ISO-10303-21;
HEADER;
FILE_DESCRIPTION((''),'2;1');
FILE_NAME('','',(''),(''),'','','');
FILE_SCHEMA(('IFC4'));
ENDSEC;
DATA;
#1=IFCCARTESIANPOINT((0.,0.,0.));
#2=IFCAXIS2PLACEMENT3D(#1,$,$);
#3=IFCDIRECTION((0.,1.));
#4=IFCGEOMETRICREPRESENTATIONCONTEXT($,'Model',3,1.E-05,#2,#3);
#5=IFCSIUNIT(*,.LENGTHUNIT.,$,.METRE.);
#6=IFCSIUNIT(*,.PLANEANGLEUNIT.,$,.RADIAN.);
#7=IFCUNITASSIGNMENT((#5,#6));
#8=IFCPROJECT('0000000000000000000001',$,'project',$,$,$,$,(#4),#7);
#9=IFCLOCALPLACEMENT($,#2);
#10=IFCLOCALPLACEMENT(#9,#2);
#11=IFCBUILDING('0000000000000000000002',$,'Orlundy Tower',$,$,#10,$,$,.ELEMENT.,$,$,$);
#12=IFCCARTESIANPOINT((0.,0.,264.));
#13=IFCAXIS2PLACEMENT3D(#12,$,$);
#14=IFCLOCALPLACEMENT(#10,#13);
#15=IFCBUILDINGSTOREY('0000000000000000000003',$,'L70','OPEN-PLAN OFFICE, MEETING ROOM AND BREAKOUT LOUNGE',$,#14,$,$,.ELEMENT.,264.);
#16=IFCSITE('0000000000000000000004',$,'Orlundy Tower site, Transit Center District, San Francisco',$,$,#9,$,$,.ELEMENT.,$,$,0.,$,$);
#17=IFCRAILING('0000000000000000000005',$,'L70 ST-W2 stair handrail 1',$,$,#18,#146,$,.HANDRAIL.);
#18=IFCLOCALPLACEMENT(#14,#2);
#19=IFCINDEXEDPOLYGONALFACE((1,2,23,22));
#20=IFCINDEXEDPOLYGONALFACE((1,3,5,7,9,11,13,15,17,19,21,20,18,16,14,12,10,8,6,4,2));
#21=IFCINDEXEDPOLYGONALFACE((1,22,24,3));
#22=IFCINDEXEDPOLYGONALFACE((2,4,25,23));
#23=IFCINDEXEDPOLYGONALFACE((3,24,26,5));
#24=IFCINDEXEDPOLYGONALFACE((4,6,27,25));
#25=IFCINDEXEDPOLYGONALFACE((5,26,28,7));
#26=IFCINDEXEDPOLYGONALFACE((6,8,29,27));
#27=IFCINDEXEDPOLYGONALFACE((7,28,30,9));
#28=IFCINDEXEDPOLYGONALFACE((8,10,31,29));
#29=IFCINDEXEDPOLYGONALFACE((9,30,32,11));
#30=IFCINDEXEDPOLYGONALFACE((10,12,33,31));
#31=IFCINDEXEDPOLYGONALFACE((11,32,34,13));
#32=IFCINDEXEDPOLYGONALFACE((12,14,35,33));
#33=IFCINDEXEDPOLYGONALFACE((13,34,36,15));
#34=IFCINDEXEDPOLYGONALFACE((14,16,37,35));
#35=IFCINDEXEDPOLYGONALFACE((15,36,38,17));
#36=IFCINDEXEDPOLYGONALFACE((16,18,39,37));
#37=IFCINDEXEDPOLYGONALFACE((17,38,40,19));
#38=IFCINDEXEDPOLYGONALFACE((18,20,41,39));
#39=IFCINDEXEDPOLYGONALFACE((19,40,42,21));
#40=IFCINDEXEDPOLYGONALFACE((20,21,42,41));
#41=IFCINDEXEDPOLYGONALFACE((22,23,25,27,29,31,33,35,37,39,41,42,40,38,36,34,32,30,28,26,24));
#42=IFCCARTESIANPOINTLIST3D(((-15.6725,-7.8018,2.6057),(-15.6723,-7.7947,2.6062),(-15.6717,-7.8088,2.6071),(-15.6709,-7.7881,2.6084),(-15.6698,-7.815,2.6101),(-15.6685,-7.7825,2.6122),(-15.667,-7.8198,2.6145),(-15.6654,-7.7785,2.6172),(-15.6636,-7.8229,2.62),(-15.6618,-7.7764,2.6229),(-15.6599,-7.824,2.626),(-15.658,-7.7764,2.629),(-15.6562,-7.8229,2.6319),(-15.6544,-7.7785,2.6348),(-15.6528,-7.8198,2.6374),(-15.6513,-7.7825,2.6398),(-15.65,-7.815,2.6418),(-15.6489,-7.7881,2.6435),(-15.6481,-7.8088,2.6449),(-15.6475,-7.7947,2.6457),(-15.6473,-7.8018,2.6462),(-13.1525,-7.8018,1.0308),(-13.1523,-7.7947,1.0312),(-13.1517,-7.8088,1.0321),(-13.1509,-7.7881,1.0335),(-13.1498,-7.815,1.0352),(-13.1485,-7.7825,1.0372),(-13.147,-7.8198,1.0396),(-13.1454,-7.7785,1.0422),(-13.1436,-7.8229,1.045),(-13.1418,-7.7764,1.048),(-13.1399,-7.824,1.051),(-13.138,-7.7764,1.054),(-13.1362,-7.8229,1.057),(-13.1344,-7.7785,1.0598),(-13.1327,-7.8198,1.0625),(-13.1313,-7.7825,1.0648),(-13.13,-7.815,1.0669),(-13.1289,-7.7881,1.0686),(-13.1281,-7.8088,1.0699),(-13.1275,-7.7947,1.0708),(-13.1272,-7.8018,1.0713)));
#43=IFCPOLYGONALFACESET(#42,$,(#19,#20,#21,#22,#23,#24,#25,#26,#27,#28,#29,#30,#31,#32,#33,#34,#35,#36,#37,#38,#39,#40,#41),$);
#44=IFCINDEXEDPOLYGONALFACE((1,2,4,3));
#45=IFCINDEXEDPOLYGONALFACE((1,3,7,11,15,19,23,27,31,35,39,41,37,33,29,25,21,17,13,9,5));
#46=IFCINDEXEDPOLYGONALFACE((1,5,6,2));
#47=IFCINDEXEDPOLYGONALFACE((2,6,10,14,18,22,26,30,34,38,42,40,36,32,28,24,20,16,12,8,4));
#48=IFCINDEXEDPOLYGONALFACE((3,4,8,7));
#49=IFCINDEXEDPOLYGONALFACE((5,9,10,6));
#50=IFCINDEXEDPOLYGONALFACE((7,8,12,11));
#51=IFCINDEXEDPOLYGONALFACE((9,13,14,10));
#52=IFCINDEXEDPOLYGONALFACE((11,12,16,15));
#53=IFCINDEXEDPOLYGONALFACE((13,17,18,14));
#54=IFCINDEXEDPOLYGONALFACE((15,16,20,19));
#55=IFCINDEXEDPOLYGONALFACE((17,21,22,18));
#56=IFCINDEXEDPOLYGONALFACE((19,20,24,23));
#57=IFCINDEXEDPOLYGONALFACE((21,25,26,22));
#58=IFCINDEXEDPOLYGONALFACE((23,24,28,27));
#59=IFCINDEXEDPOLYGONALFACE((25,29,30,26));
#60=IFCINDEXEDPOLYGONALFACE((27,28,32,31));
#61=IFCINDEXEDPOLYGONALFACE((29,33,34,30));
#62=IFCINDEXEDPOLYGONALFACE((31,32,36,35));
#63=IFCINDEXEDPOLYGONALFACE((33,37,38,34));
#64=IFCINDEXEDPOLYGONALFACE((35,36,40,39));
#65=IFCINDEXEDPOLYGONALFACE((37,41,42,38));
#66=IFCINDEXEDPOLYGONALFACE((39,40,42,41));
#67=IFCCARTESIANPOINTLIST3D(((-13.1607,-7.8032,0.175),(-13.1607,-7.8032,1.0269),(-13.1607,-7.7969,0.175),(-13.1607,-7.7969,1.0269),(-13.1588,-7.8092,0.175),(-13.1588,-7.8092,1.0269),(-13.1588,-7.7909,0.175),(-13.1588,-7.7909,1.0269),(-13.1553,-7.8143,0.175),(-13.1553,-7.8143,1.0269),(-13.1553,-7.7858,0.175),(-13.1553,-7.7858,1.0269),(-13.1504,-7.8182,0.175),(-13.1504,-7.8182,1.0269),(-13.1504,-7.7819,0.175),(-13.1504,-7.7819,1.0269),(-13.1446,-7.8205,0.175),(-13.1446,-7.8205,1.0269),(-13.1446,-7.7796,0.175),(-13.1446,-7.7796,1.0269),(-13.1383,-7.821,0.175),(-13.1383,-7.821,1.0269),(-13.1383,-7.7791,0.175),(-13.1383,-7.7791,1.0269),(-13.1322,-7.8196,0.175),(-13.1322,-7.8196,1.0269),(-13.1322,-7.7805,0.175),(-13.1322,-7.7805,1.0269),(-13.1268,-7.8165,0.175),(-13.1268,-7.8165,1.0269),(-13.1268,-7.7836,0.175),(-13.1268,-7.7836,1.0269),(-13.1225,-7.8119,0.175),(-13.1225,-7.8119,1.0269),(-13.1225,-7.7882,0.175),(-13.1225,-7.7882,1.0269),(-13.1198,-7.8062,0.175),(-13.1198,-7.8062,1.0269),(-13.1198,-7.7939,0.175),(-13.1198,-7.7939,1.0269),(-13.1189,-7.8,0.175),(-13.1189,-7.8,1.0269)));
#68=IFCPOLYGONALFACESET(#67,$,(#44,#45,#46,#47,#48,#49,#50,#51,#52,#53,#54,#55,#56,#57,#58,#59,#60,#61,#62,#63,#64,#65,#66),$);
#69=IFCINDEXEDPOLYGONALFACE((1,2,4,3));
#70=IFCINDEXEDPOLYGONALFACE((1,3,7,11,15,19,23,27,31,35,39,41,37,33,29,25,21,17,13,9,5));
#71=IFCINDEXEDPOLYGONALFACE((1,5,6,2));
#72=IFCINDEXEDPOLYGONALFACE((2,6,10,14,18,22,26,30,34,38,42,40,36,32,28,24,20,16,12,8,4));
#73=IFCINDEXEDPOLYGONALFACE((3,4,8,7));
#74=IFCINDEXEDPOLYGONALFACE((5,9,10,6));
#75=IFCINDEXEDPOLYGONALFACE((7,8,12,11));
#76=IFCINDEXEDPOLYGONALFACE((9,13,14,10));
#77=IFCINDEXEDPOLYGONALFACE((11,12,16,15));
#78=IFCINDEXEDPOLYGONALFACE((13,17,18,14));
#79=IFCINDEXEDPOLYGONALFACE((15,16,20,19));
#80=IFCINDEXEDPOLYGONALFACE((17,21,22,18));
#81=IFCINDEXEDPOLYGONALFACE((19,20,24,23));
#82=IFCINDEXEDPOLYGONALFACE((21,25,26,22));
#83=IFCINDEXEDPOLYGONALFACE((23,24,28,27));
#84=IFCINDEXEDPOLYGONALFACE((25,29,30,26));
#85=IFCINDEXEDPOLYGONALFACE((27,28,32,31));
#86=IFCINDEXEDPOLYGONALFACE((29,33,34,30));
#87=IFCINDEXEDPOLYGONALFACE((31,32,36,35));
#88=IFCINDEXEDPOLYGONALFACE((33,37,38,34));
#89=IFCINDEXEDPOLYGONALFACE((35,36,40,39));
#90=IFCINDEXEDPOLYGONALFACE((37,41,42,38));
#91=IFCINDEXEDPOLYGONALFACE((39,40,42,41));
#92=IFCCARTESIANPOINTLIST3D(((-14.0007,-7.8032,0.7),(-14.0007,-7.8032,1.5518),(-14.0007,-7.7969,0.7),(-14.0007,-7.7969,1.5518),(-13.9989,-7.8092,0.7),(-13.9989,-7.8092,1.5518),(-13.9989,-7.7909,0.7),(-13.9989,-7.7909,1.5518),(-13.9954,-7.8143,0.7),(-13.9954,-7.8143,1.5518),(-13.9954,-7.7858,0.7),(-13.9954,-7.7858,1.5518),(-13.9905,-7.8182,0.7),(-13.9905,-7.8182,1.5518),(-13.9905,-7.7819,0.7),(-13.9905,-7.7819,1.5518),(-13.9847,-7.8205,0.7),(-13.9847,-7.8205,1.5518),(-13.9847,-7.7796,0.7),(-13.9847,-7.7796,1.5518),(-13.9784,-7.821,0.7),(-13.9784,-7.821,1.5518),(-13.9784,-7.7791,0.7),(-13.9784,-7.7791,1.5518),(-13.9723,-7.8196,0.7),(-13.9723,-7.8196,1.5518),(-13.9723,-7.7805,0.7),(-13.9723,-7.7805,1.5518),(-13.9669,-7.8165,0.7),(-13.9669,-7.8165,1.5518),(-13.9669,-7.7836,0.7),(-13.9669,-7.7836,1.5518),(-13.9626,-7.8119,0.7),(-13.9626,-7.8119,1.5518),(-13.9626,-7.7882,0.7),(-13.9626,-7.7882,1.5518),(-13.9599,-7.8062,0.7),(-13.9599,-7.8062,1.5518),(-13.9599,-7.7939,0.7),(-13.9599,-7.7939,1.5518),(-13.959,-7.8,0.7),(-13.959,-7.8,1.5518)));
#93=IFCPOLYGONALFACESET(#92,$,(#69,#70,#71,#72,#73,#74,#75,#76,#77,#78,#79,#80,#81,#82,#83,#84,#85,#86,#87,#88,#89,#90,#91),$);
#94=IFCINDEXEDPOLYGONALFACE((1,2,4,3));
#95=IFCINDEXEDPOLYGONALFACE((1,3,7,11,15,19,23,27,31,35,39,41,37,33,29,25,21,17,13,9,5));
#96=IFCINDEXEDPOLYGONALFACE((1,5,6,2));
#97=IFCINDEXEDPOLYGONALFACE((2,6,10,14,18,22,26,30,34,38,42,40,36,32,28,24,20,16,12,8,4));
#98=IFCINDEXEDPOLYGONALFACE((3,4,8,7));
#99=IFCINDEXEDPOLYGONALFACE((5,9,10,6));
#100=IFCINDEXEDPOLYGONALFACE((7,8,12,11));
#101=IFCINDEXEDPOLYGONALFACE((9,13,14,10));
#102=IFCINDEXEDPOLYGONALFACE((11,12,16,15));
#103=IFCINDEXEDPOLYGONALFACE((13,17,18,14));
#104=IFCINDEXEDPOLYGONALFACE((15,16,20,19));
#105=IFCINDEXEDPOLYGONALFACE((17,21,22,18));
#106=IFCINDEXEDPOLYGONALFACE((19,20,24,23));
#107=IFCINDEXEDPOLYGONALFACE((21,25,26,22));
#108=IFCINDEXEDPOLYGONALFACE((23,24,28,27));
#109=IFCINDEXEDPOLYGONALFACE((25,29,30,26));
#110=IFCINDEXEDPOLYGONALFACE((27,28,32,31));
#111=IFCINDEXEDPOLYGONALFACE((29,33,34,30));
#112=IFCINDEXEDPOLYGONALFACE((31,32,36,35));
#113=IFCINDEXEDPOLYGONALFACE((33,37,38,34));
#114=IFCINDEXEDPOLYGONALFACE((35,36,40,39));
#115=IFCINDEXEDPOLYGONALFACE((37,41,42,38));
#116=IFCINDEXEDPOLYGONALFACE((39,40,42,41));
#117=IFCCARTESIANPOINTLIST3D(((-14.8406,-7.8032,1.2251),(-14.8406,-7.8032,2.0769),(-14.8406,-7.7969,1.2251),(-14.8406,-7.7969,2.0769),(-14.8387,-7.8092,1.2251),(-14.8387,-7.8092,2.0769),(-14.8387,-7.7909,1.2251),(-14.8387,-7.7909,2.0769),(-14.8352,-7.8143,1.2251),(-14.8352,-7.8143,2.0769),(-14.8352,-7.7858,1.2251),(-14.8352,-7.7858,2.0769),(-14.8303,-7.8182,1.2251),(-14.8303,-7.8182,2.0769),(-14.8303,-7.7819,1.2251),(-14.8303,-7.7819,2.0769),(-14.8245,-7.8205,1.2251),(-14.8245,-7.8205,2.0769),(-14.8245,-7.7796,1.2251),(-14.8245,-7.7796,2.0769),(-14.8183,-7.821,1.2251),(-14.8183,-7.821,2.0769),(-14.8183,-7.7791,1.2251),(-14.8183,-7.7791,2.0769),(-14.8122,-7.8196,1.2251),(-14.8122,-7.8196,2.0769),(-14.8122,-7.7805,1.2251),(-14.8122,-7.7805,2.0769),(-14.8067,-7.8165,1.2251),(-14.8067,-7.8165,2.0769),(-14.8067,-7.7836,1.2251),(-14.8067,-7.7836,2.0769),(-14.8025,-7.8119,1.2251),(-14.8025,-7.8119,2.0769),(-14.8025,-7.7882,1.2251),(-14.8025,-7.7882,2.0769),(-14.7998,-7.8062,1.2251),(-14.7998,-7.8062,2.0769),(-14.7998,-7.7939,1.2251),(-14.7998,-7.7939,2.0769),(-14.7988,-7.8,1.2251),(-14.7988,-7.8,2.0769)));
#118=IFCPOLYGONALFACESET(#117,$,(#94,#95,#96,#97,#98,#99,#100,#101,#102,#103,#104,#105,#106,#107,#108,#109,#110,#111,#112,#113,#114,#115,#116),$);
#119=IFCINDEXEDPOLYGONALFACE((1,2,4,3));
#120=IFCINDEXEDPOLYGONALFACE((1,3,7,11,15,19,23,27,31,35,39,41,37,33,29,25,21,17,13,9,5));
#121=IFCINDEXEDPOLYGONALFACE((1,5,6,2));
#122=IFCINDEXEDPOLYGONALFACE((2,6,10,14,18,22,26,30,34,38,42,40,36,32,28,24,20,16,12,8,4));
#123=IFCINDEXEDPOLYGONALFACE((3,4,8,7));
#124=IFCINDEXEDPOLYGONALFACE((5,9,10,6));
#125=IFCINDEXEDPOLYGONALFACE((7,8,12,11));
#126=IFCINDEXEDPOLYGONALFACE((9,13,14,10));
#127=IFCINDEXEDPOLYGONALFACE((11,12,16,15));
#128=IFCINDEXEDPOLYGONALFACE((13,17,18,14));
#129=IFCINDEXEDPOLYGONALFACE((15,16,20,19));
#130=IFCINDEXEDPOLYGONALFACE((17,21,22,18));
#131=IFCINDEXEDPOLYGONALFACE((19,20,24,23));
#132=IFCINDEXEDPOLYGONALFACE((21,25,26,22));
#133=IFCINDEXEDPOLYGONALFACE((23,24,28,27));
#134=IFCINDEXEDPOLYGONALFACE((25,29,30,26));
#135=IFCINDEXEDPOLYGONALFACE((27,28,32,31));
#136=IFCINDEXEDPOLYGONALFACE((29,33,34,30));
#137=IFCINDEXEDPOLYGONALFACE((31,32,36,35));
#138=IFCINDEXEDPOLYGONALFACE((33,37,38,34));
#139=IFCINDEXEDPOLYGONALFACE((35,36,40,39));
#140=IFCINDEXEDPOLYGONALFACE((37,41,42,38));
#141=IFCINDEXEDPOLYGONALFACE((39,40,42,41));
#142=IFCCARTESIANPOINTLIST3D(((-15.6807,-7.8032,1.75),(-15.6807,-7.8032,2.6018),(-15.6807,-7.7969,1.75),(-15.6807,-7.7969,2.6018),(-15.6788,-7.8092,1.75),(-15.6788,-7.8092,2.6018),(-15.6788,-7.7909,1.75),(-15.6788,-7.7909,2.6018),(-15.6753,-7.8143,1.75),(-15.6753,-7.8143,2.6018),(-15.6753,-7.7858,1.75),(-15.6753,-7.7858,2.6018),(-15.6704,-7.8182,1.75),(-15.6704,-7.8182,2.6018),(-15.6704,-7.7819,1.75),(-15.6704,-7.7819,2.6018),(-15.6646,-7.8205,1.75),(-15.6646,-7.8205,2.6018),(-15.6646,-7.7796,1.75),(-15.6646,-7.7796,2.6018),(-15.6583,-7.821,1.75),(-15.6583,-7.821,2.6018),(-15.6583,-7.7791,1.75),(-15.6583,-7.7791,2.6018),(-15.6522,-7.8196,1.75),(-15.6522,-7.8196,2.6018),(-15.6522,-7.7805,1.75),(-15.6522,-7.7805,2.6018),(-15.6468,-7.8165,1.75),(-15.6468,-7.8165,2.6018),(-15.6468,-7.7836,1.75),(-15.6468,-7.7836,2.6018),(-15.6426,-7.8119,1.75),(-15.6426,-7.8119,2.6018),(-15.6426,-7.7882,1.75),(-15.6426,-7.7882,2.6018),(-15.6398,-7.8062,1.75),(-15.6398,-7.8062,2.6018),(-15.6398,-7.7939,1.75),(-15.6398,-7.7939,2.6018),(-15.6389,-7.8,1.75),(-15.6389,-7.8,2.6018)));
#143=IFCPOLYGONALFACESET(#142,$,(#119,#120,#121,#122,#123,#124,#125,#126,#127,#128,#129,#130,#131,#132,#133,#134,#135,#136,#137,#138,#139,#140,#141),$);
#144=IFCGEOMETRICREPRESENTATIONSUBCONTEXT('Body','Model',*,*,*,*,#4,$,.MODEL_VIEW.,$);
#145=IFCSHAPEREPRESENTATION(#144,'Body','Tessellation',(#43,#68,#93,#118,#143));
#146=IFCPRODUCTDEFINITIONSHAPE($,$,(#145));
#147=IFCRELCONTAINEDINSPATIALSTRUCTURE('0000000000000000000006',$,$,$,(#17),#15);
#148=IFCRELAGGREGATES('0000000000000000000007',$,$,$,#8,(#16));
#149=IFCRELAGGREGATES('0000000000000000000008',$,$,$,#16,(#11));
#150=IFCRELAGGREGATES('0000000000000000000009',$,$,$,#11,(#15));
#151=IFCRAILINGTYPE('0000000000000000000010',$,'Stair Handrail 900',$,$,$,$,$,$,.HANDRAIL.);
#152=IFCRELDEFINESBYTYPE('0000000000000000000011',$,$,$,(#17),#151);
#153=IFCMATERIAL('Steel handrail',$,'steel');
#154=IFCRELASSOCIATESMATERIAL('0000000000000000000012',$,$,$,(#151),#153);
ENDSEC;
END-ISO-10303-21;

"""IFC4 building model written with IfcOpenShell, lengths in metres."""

from ifc_helpers import new_model, si_unit, direction, frame, origin, origin_2d, place, context, subcontext, project, spatial, circle, extrude, material, type_object, element, save


model = new_model("IFC4")

# Units and contexts
model_context = context("Model", 3, precision=1e-05, world=origin(), true_north=direction((0.0, 1.0)))
body_context = subcontext(model_context, "Body", "Model", "MODEL_VIEW")
ifc_project = project(units=[si_unit("LENGTHUNIT", "METRE"), si_unit("PLANEANGLEUNIT", "RADIAN")], contexts=[model_context])

# Site, building, storey
site_placement = place(None, origin())
site = spatial("IfcSite", under=ifc_project, at=site_placement, Name="Orlundy Tower site, Transit Center District, San Francisco", CompositionType="ELEMENT", RefElevation=0.0)
building_placement = place(site_placement, origin())
building = spatial("IfcBuilding", under=site, at=building_placement, Name="Orlundy Tower", CompositionType="ELEMENT")
storey_placement = place(building_placement, frame((0.0, 0.0, 264.0)))
storey = spatial("IfcBuildingStorey", under=building, at=storey_placement, Name="L70", Description="OPEN-PLAN OFFICE, MEETING ROOM AND BREAKOUT LOUNGE", CompositionType="ELEMENT", Elevation=264.0)

# Railing
ifc_material_1 = material(Name="Steel handrail", Category="steel")
railing_type_1 = type_object("IfcRailingType", Name="Stair Handrail 900", PredefinedType="HANDRAIL", material=ifc_material_1)
railing_1_placement = place(storey_placement, frame((-13.1399, -7.8, 0.175)))
element("IfcRailing", 1, at=railing_1_placement, inside=storey, type_object=railing_type_1, Name="L70 ST-W2 stair handrail 1", PredefinedType="HANDRAIL", context=body_context, shape_type="SweptSolid", body=[
    extrude(circle(Radius=0.0239, at=origin_2d()), frame((0.0, 0.0, 0.876), z_axis=(-0.848008, 0.0, 0.529984), x_axis=(0.0, -1.0, 0.0)), (0.0, 0.0, 1.0), 2.9717),
    extrude(circle(Radius=0.021, at=origin_2d()), origin(), (0.0, 0.0, 1.0), 0.8518),
    extrude(circle(Radius=0.021, at=origin_2d()), frame((-0.8401, 0.0, 0.5249)), (0.0, 0.0, 1.0), 0.8518),
    extrude(circle(Radius=0.021, at=origin_2d()), frame((-1.6799, 0.0, 1.05)), (0.0, 0.0, 1.0), 0.8518),
    extrude(circle(Radius=0.021, at=origin_2d()), frame((-2.52, 0.0, 1.575)), (0.0, 0.0, 1.0), 0.8518),
])

save(model, "model.ifc")
